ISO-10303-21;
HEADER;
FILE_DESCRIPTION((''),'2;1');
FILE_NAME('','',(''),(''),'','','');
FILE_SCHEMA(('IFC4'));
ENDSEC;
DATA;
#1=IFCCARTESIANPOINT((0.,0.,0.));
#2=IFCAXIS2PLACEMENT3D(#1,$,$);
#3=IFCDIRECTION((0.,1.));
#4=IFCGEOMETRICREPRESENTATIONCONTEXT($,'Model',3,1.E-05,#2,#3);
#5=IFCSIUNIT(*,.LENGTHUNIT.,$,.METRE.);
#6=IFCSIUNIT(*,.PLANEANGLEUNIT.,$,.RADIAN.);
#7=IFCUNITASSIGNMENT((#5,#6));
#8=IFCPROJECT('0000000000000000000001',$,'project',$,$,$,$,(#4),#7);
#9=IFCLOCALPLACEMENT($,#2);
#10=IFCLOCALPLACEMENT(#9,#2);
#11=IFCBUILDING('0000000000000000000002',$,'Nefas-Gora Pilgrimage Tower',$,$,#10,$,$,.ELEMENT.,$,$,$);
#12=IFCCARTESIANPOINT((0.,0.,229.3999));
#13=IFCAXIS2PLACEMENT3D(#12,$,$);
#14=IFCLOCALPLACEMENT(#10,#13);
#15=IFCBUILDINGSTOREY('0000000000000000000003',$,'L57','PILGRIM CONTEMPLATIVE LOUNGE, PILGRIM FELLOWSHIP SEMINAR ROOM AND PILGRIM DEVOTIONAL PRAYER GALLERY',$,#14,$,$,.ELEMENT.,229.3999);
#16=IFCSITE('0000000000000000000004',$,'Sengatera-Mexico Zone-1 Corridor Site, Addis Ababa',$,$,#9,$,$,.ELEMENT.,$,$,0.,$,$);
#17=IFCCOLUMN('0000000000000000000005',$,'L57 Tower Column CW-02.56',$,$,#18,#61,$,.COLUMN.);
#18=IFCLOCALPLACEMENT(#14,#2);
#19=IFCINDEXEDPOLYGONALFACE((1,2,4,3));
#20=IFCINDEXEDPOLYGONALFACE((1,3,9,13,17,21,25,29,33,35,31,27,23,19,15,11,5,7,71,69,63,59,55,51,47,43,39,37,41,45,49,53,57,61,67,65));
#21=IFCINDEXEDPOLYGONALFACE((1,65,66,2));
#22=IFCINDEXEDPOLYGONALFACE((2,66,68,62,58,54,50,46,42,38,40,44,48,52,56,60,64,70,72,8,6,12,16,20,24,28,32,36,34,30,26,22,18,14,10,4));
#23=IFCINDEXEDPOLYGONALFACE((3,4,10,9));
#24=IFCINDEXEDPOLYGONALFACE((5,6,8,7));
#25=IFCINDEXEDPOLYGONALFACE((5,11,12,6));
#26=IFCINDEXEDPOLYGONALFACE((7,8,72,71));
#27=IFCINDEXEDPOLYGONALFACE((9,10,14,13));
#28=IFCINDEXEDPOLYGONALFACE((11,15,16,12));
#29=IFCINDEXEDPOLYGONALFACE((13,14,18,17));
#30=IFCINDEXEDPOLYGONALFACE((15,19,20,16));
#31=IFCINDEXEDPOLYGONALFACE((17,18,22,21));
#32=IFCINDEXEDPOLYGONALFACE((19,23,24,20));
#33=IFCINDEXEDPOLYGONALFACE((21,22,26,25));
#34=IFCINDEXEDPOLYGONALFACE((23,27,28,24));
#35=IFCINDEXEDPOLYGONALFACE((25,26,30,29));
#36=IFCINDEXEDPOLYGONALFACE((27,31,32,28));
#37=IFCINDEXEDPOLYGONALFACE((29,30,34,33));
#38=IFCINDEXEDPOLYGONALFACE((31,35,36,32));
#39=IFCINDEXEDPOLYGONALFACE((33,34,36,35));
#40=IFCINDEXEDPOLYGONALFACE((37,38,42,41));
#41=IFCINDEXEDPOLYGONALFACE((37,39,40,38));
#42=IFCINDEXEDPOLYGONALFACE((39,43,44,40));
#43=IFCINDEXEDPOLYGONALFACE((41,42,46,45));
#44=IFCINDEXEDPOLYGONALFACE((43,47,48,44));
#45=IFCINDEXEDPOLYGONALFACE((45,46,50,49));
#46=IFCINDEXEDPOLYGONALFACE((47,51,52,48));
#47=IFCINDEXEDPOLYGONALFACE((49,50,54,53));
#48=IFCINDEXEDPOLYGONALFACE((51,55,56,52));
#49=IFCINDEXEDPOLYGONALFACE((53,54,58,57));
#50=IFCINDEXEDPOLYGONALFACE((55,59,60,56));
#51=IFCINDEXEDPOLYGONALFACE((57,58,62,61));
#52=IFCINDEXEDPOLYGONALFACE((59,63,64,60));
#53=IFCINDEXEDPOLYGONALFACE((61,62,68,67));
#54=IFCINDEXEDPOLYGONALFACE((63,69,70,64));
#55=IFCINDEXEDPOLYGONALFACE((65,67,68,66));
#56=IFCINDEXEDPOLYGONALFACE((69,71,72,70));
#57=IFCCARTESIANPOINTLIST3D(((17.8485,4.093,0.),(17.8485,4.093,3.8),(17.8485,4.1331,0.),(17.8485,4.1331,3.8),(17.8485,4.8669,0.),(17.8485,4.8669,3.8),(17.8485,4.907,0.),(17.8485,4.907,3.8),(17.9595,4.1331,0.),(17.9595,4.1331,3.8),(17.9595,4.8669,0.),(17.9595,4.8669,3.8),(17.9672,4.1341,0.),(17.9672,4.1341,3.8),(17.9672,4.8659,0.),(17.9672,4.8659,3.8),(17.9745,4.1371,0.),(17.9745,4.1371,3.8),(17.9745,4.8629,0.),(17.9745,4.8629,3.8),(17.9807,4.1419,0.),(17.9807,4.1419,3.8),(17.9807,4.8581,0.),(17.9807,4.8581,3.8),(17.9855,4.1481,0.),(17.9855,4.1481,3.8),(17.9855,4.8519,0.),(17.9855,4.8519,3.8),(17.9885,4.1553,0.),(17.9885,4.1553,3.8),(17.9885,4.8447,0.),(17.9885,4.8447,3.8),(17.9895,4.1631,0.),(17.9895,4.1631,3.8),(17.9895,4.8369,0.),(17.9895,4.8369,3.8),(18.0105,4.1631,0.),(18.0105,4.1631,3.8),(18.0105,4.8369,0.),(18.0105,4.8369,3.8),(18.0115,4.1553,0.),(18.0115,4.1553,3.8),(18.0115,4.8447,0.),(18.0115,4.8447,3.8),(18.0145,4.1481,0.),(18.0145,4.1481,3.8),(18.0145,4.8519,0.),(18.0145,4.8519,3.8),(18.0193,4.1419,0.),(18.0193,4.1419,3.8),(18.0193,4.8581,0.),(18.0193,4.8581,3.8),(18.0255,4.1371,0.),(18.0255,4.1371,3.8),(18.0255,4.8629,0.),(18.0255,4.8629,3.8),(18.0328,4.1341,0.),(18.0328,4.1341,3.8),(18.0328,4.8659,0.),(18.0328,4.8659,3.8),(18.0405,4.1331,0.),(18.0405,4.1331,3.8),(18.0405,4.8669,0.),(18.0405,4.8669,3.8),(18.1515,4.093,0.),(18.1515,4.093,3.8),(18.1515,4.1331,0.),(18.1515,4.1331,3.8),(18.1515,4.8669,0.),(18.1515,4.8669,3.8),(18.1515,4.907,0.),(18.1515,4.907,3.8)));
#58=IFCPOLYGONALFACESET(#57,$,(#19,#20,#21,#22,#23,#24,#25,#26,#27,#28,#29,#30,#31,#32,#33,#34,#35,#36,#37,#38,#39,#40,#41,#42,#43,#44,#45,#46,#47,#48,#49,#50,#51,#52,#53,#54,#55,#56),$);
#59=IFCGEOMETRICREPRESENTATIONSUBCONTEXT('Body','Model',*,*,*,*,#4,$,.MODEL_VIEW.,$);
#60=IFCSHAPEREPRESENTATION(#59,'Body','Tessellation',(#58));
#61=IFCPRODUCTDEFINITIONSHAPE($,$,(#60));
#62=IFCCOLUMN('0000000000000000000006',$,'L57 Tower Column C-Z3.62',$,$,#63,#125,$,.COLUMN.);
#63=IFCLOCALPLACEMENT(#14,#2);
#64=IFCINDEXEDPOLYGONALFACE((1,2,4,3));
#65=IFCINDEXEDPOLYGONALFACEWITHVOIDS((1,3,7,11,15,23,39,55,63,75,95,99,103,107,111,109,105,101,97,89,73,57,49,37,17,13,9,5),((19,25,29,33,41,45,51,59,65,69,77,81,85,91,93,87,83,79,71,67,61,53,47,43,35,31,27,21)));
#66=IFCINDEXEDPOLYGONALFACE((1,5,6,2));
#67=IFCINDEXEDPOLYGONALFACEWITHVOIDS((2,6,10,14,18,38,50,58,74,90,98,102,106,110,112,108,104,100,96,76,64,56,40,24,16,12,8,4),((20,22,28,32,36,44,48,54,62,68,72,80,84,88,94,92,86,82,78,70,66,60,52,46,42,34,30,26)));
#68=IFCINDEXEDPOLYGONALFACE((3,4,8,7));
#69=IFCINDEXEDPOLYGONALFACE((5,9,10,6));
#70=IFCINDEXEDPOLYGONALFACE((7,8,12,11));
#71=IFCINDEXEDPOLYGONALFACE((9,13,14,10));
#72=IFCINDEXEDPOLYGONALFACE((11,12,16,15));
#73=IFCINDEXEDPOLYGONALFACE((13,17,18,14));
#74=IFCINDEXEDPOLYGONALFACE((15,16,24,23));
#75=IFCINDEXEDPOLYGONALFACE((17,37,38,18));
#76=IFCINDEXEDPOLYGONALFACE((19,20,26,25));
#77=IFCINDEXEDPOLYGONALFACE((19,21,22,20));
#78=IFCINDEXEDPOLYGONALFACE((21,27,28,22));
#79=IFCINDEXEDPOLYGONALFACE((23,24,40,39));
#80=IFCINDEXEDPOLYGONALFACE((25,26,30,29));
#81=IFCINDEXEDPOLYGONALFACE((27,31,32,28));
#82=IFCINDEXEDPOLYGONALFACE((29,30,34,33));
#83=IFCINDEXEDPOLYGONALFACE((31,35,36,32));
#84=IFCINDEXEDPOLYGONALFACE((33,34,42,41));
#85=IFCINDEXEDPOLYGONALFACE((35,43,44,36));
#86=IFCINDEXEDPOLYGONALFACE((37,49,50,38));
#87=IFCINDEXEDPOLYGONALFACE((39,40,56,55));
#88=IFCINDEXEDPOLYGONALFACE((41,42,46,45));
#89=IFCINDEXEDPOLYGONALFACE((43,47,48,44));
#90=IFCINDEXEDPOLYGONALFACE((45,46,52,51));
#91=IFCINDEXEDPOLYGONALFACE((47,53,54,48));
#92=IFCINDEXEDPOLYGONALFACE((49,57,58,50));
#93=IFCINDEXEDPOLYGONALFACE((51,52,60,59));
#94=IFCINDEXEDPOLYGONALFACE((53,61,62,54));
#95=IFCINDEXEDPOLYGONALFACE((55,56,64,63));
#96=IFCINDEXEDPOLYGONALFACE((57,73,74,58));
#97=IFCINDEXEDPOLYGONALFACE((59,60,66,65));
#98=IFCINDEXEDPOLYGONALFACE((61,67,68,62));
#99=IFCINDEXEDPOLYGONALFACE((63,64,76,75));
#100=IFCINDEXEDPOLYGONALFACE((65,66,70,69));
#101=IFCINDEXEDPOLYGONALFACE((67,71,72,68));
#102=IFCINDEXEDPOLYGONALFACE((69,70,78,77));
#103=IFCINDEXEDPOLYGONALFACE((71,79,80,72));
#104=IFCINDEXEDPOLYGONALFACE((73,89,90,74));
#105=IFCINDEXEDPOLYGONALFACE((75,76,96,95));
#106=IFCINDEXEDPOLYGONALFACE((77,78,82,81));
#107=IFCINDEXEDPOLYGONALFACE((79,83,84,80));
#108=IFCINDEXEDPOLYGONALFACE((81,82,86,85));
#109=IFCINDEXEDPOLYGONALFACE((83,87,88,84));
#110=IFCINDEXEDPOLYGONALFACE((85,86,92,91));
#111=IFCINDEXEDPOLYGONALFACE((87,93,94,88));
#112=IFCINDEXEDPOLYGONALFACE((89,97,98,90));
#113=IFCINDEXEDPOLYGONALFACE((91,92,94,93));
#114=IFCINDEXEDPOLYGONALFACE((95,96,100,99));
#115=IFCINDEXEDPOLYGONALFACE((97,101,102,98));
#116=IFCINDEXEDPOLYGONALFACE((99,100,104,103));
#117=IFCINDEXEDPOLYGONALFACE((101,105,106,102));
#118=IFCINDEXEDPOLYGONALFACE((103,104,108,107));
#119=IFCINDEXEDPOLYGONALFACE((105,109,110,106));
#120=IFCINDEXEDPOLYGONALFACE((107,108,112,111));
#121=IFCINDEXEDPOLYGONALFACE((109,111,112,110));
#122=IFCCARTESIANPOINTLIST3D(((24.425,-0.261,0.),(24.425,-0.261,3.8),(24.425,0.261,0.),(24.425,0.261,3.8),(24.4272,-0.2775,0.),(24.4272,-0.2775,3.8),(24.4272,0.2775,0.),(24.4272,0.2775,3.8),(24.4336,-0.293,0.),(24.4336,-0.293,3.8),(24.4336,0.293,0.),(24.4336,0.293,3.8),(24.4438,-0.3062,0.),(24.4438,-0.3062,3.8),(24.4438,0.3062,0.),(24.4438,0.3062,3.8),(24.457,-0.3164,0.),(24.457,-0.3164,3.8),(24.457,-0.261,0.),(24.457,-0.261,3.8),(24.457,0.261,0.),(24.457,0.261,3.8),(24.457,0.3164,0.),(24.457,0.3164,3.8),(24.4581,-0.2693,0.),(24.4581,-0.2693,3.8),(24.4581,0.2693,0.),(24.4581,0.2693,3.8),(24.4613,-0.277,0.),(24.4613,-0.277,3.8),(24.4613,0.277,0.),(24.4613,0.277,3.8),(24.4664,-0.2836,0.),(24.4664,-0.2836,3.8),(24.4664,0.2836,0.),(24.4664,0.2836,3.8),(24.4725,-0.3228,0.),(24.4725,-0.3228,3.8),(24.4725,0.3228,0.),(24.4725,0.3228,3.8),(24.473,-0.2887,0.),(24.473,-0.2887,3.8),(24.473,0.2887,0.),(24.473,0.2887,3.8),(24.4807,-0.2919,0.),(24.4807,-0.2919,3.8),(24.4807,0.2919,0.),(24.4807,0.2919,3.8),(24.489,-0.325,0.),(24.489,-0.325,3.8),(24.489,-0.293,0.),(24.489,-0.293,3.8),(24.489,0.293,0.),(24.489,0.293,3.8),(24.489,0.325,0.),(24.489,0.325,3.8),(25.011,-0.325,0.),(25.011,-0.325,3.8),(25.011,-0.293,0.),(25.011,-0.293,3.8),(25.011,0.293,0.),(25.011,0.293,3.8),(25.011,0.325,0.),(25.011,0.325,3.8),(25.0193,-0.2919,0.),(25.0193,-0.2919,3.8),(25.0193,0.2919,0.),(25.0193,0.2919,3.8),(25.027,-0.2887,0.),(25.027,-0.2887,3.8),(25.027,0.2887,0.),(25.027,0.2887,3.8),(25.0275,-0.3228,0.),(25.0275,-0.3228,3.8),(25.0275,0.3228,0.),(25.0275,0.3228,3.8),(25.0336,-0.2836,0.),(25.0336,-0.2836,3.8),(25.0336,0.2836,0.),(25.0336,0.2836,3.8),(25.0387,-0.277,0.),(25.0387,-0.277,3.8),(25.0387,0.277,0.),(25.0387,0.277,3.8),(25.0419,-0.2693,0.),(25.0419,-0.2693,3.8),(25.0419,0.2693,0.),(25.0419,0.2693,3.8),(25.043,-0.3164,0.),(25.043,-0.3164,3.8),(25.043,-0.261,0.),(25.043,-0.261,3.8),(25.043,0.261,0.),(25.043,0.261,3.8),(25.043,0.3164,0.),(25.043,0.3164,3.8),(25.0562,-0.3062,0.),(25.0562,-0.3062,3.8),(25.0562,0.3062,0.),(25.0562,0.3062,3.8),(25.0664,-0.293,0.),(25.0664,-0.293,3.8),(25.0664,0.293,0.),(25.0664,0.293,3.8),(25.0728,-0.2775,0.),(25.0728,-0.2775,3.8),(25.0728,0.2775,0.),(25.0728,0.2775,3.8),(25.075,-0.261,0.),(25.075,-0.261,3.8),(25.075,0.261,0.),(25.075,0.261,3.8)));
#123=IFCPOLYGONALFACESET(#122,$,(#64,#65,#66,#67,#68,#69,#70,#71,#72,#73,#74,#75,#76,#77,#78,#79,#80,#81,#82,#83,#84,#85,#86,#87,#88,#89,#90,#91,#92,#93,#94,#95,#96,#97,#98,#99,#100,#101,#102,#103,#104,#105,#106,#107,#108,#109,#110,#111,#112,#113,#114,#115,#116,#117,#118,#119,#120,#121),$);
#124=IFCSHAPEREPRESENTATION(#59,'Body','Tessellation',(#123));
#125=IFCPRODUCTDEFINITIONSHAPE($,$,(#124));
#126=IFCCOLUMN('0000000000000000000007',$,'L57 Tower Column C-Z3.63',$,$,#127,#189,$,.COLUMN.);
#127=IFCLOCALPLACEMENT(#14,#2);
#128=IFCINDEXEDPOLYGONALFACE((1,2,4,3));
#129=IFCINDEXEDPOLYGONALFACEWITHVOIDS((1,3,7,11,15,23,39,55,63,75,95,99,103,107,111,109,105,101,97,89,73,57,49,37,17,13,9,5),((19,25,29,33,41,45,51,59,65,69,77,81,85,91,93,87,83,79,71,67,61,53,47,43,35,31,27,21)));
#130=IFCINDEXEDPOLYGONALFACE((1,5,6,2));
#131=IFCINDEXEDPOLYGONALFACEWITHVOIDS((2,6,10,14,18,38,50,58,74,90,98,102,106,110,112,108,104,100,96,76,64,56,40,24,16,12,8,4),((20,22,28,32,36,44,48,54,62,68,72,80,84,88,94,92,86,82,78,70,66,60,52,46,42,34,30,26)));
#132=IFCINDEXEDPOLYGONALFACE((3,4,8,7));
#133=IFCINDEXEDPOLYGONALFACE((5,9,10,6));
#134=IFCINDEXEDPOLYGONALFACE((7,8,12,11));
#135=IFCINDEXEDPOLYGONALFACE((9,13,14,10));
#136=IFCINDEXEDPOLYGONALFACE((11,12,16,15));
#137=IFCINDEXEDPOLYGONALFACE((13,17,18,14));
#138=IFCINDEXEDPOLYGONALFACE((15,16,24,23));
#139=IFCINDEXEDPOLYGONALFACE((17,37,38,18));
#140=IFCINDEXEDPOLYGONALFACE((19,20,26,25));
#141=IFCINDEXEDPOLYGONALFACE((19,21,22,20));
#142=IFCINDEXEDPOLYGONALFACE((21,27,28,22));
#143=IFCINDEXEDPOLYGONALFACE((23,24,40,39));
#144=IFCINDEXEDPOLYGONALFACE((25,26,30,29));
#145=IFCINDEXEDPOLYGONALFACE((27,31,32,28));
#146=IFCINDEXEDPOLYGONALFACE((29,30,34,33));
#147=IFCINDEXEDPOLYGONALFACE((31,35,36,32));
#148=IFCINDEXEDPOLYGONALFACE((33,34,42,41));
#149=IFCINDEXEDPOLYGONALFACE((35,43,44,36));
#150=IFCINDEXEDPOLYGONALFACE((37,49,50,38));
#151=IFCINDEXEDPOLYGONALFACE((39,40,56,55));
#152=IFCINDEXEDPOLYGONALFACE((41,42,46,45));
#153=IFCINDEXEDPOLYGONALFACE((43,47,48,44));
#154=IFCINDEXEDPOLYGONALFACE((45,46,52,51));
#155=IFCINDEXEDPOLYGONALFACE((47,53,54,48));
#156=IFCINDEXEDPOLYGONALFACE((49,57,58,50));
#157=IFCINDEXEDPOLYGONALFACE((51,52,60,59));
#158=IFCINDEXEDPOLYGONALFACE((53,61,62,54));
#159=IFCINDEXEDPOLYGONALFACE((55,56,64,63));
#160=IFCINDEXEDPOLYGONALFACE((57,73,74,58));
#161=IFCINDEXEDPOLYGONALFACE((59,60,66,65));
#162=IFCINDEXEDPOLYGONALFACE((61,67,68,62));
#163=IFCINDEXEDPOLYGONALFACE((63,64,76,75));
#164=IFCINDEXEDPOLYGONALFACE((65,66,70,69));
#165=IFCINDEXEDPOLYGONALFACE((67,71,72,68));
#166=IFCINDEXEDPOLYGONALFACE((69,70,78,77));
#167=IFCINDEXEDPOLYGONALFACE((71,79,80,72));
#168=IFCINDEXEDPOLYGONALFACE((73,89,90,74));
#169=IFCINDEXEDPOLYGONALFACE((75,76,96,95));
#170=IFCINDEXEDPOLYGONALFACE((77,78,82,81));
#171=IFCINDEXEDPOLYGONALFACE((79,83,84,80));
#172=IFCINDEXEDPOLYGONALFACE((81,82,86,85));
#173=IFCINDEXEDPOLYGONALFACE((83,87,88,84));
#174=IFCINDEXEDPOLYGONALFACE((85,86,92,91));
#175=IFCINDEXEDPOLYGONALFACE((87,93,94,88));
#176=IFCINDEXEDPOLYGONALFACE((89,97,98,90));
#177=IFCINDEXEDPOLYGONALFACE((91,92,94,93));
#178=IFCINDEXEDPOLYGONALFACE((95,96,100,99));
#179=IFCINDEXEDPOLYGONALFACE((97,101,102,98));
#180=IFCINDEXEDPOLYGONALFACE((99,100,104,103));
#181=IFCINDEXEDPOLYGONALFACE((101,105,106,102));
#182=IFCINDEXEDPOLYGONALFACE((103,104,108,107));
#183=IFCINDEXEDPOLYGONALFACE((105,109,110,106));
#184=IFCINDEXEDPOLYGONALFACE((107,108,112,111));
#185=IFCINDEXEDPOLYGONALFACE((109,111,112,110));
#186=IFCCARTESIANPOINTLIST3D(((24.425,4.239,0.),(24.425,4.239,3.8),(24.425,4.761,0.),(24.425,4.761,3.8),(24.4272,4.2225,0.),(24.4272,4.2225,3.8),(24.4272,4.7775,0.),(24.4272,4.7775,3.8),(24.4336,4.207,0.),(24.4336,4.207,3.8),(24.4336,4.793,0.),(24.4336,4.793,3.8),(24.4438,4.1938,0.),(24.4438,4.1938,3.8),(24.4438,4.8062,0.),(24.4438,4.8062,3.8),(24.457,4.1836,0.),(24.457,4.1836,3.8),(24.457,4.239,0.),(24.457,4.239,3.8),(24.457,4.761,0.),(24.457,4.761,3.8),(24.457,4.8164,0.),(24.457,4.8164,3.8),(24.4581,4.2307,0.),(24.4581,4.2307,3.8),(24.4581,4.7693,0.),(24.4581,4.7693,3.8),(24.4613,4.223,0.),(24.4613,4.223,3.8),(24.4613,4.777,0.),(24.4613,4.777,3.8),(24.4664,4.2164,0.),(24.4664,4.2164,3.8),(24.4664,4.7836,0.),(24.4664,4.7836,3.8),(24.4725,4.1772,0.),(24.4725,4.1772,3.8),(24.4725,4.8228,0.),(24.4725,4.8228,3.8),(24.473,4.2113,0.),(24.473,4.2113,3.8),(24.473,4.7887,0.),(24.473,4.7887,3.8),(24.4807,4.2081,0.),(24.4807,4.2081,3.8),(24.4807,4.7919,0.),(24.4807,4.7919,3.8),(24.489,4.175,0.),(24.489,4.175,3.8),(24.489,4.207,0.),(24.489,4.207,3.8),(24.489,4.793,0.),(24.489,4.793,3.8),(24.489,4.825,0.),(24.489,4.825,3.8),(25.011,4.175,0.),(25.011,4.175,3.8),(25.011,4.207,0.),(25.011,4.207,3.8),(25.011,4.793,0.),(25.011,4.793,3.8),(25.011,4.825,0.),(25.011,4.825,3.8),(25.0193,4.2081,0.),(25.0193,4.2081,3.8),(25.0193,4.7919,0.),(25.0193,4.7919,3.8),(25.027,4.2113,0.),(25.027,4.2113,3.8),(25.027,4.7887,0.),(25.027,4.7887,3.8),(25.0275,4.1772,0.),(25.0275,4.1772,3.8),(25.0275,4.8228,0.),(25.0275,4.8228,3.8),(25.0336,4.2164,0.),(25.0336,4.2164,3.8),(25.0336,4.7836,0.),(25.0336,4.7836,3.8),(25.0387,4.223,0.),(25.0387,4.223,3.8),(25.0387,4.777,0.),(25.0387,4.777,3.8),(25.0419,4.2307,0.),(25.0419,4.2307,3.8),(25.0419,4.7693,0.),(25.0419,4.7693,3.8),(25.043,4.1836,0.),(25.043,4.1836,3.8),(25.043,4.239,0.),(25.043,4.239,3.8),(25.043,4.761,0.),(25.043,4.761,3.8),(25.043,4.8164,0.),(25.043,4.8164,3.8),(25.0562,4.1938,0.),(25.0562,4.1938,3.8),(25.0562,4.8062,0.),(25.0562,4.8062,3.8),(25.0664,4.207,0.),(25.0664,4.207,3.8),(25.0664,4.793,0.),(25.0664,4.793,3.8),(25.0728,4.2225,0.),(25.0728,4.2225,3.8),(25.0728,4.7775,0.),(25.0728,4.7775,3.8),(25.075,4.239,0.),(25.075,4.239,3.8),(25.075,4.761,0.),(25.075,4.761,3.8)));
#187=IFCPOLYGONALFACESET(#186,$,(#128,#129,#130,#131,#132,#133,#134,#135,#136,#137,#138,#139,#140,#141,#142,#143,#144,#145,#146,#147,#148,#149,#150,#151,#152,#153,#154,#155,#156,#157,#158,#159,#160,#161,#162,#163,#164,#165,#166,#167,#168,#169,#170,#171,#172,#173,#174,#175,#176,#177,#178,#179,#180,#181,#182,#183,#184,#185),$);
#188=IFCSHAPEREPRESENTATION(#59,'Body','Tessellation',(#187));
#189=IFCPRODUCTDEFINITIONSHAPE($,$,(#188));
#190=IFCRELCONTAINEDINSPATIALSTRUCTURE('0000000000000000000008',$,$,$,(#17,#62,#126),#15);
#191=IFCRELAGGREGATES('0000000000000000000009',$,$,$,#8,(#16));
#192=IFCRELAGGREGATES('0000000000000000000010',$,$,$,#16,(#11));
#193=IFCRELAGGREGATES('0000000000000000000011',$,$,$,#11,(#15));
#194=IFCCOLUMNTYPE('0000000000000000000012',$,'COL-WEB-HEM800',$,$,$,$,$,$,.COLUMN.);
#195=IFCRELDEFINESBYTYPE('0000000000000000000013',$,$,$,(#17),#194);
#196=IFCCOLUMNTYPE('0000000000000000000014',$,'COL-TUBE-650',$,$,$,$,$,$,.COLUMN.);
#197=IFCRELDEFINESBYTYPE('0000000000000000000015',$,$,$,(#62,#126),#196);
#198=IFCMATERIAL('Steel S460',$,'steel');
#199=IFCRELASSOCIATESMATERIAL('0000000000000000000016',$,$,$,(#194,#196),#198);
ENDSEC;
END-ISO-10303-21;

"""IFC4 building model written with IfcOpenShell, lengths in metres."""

from ifc_helpers import new_model, si_unit, direction, frame, origin, origin_2d, place, context, subcontext, project, spatial, hollow_rectangle, i_section, extrude, source, transform, mapped, material, material_profile, profile_set, type_object, element, save


model = new_model("IFC4")

# Units and contexts
model_context = context("Model", 3, precision=1e-05, world=origin(), true_north=direction((0.0, 1.0)))
body_context = subcontext(model_context, "Body", "Model", "MODEL_VIEW")
ifc_project = project(units=[si_unit("LENGTHUNIT", "METRE"), si_unit("PLANEANGLEUNIT", "RADIAN")], contexts=[model_context])

# Site, building, storey
site_placement = place(None, origin())
site = spatial("IfcSite", under=ifc_project, at=site_placement, Name="Sengatera-Mexico Zone-1 Corridor Site, Addis Ababa", CompositionType="ELEMENT", RefElevation=0.0)
building_placement = place(site_placement, origin())
building = spatial("IfcBuilding", under=site, at=building_placement, Name="Nefas-Gora Pilgrimage Tower", CompositionType="ELEMENT")
storey_placement = place(building_placement, frame((0.0, 0.0, 229.3999)))
storey = spatial("IfcBuildingStorey", under=building, at=storey_placement, Name="L57", Description="PILGRIM CONTEMPLATIVE LOUNGE, PILGRIM FELLOWSHIP SEMINAR ROOM AND PILGRIM DEVOTIONAL PRAYER GALLERY", CompositionType="ELEMENT", Elevation=229.3999)

# Columns
ifc_material_1 = material(Name="Steel S460", Category="steel")
ifc_material_profile_1 = material_profile(ifc_material_1, i_section(OverallWidth=0.303, OverallDepth=0.814, WebThickness=0.021, FlangeThickness=0.04, FilletRadius=0.03, at=origin_2d()), Name="HEM 800")
ifc_profile_set_1 = profile_set([ifc_material_profile_1], Name="Steel S460")
column_type_1 = type_object("IfcColumnType", Name="COL-WEB-HEM800", PredefinedType="COLUMN", material=ifc_profile_set_1)
shared_shape_1 = source(origin(), body_context, "Body", "SweptSolid", [
    extrude(i_section(OverallWidth=0.303, OverallDepth=0.814, WebThickness=0.021, FlangeThickness=0.04, FilletRadius=0.03, at=origin_2d()), origin(), (0.0, 0.0, 1.0), 3.8),
])
for number, where, z_axis, x_axis, name in (
    (1, (18.0, 4.5, 0.0), (0.0, 0.0, 1.0), (1.0, 0.0, 0.0), "L57 Tower Column CW-02.56"),
):
    element("IfcColumn", number, at=place(storey_placement, frame(where, z_axis=z_axis, x_axis=x_axis)), inside=storey, type_object=column_type_1, Name=name, PredefinedType="COLUMN", context=body_context, shape_type="MappedRepresentation", body=[
        mapped(shared_shape_1, transform((0.0, 0.0, 0.0), x_axis=(1.0, 0.0, 0.0), y_axis=(0.0, 1.0, 0.0), z_axis=(0.0, 0.0, 1.0), scale=1.0)),
    ])
ifc_material_profile_2 = material_profile(ifc_material_1, hollow_rectangle(XDim=0.6499, YDim=0.6499, WallThickness=0.032, InnerFilletRadius=0.032, OuterFilletRadius=0.064, at=origin_2d()), Name="BOX 650x650x32")
ifc_profile_set_2 = profile_set([ifc_material_profile_2], Name="Steel S460")
column_type_2 = type_object("IfcColumnType", Name="COL-TUBE-650", PredefinedType="COLUMN", material=ifc_profile_set_2)
shared_shape_2 = source(origin(), body_context, "Body", "SweptSolid", [
    extrude(hollow_rectangle(XDim=0.6499, YDim=0.6499, WallThickness=0.032, InnerFilletRadius=0.032, OuterFilletRadius=0.064, at=origin_2d()), origin(), (0.0, 0.0, 1.0), 3.8),
])
for number, where, z_axis, x_axis, name in (
    (2, (24.75, 0.0, 0.0), (0.0, 0.0, 1.0), (1.0, 0.0, 0.0), "L57 Tower Column C-Z3.62"),
    (3, (24.75, 4.5, 0.0), (0.0, 0.0, 1.0), (1.0, 0.0, 0.0), "L57 Tower Column C-Z3.63"),
):
    element("IfcColumn", number, at=place(storey_placement, frame(where, z_axis=z_axis, x_axis=x_axis)), inside=storey, type_object=column_type_2, Name=name, PredefinedType="COLUMN", context=body_context, shape_type="MappedRepresentation", body=[
        mapped(shared_shape_2, transform((0.0, 0.0, 0.0), x_axis=(1.0, 0.0, 0.0), y_axis=(0.0, 1.0, 0.0), z_axis=(0.0, 0.0, 1.0), scale=1.0)),
    ])

save(model, "model.ifc")
